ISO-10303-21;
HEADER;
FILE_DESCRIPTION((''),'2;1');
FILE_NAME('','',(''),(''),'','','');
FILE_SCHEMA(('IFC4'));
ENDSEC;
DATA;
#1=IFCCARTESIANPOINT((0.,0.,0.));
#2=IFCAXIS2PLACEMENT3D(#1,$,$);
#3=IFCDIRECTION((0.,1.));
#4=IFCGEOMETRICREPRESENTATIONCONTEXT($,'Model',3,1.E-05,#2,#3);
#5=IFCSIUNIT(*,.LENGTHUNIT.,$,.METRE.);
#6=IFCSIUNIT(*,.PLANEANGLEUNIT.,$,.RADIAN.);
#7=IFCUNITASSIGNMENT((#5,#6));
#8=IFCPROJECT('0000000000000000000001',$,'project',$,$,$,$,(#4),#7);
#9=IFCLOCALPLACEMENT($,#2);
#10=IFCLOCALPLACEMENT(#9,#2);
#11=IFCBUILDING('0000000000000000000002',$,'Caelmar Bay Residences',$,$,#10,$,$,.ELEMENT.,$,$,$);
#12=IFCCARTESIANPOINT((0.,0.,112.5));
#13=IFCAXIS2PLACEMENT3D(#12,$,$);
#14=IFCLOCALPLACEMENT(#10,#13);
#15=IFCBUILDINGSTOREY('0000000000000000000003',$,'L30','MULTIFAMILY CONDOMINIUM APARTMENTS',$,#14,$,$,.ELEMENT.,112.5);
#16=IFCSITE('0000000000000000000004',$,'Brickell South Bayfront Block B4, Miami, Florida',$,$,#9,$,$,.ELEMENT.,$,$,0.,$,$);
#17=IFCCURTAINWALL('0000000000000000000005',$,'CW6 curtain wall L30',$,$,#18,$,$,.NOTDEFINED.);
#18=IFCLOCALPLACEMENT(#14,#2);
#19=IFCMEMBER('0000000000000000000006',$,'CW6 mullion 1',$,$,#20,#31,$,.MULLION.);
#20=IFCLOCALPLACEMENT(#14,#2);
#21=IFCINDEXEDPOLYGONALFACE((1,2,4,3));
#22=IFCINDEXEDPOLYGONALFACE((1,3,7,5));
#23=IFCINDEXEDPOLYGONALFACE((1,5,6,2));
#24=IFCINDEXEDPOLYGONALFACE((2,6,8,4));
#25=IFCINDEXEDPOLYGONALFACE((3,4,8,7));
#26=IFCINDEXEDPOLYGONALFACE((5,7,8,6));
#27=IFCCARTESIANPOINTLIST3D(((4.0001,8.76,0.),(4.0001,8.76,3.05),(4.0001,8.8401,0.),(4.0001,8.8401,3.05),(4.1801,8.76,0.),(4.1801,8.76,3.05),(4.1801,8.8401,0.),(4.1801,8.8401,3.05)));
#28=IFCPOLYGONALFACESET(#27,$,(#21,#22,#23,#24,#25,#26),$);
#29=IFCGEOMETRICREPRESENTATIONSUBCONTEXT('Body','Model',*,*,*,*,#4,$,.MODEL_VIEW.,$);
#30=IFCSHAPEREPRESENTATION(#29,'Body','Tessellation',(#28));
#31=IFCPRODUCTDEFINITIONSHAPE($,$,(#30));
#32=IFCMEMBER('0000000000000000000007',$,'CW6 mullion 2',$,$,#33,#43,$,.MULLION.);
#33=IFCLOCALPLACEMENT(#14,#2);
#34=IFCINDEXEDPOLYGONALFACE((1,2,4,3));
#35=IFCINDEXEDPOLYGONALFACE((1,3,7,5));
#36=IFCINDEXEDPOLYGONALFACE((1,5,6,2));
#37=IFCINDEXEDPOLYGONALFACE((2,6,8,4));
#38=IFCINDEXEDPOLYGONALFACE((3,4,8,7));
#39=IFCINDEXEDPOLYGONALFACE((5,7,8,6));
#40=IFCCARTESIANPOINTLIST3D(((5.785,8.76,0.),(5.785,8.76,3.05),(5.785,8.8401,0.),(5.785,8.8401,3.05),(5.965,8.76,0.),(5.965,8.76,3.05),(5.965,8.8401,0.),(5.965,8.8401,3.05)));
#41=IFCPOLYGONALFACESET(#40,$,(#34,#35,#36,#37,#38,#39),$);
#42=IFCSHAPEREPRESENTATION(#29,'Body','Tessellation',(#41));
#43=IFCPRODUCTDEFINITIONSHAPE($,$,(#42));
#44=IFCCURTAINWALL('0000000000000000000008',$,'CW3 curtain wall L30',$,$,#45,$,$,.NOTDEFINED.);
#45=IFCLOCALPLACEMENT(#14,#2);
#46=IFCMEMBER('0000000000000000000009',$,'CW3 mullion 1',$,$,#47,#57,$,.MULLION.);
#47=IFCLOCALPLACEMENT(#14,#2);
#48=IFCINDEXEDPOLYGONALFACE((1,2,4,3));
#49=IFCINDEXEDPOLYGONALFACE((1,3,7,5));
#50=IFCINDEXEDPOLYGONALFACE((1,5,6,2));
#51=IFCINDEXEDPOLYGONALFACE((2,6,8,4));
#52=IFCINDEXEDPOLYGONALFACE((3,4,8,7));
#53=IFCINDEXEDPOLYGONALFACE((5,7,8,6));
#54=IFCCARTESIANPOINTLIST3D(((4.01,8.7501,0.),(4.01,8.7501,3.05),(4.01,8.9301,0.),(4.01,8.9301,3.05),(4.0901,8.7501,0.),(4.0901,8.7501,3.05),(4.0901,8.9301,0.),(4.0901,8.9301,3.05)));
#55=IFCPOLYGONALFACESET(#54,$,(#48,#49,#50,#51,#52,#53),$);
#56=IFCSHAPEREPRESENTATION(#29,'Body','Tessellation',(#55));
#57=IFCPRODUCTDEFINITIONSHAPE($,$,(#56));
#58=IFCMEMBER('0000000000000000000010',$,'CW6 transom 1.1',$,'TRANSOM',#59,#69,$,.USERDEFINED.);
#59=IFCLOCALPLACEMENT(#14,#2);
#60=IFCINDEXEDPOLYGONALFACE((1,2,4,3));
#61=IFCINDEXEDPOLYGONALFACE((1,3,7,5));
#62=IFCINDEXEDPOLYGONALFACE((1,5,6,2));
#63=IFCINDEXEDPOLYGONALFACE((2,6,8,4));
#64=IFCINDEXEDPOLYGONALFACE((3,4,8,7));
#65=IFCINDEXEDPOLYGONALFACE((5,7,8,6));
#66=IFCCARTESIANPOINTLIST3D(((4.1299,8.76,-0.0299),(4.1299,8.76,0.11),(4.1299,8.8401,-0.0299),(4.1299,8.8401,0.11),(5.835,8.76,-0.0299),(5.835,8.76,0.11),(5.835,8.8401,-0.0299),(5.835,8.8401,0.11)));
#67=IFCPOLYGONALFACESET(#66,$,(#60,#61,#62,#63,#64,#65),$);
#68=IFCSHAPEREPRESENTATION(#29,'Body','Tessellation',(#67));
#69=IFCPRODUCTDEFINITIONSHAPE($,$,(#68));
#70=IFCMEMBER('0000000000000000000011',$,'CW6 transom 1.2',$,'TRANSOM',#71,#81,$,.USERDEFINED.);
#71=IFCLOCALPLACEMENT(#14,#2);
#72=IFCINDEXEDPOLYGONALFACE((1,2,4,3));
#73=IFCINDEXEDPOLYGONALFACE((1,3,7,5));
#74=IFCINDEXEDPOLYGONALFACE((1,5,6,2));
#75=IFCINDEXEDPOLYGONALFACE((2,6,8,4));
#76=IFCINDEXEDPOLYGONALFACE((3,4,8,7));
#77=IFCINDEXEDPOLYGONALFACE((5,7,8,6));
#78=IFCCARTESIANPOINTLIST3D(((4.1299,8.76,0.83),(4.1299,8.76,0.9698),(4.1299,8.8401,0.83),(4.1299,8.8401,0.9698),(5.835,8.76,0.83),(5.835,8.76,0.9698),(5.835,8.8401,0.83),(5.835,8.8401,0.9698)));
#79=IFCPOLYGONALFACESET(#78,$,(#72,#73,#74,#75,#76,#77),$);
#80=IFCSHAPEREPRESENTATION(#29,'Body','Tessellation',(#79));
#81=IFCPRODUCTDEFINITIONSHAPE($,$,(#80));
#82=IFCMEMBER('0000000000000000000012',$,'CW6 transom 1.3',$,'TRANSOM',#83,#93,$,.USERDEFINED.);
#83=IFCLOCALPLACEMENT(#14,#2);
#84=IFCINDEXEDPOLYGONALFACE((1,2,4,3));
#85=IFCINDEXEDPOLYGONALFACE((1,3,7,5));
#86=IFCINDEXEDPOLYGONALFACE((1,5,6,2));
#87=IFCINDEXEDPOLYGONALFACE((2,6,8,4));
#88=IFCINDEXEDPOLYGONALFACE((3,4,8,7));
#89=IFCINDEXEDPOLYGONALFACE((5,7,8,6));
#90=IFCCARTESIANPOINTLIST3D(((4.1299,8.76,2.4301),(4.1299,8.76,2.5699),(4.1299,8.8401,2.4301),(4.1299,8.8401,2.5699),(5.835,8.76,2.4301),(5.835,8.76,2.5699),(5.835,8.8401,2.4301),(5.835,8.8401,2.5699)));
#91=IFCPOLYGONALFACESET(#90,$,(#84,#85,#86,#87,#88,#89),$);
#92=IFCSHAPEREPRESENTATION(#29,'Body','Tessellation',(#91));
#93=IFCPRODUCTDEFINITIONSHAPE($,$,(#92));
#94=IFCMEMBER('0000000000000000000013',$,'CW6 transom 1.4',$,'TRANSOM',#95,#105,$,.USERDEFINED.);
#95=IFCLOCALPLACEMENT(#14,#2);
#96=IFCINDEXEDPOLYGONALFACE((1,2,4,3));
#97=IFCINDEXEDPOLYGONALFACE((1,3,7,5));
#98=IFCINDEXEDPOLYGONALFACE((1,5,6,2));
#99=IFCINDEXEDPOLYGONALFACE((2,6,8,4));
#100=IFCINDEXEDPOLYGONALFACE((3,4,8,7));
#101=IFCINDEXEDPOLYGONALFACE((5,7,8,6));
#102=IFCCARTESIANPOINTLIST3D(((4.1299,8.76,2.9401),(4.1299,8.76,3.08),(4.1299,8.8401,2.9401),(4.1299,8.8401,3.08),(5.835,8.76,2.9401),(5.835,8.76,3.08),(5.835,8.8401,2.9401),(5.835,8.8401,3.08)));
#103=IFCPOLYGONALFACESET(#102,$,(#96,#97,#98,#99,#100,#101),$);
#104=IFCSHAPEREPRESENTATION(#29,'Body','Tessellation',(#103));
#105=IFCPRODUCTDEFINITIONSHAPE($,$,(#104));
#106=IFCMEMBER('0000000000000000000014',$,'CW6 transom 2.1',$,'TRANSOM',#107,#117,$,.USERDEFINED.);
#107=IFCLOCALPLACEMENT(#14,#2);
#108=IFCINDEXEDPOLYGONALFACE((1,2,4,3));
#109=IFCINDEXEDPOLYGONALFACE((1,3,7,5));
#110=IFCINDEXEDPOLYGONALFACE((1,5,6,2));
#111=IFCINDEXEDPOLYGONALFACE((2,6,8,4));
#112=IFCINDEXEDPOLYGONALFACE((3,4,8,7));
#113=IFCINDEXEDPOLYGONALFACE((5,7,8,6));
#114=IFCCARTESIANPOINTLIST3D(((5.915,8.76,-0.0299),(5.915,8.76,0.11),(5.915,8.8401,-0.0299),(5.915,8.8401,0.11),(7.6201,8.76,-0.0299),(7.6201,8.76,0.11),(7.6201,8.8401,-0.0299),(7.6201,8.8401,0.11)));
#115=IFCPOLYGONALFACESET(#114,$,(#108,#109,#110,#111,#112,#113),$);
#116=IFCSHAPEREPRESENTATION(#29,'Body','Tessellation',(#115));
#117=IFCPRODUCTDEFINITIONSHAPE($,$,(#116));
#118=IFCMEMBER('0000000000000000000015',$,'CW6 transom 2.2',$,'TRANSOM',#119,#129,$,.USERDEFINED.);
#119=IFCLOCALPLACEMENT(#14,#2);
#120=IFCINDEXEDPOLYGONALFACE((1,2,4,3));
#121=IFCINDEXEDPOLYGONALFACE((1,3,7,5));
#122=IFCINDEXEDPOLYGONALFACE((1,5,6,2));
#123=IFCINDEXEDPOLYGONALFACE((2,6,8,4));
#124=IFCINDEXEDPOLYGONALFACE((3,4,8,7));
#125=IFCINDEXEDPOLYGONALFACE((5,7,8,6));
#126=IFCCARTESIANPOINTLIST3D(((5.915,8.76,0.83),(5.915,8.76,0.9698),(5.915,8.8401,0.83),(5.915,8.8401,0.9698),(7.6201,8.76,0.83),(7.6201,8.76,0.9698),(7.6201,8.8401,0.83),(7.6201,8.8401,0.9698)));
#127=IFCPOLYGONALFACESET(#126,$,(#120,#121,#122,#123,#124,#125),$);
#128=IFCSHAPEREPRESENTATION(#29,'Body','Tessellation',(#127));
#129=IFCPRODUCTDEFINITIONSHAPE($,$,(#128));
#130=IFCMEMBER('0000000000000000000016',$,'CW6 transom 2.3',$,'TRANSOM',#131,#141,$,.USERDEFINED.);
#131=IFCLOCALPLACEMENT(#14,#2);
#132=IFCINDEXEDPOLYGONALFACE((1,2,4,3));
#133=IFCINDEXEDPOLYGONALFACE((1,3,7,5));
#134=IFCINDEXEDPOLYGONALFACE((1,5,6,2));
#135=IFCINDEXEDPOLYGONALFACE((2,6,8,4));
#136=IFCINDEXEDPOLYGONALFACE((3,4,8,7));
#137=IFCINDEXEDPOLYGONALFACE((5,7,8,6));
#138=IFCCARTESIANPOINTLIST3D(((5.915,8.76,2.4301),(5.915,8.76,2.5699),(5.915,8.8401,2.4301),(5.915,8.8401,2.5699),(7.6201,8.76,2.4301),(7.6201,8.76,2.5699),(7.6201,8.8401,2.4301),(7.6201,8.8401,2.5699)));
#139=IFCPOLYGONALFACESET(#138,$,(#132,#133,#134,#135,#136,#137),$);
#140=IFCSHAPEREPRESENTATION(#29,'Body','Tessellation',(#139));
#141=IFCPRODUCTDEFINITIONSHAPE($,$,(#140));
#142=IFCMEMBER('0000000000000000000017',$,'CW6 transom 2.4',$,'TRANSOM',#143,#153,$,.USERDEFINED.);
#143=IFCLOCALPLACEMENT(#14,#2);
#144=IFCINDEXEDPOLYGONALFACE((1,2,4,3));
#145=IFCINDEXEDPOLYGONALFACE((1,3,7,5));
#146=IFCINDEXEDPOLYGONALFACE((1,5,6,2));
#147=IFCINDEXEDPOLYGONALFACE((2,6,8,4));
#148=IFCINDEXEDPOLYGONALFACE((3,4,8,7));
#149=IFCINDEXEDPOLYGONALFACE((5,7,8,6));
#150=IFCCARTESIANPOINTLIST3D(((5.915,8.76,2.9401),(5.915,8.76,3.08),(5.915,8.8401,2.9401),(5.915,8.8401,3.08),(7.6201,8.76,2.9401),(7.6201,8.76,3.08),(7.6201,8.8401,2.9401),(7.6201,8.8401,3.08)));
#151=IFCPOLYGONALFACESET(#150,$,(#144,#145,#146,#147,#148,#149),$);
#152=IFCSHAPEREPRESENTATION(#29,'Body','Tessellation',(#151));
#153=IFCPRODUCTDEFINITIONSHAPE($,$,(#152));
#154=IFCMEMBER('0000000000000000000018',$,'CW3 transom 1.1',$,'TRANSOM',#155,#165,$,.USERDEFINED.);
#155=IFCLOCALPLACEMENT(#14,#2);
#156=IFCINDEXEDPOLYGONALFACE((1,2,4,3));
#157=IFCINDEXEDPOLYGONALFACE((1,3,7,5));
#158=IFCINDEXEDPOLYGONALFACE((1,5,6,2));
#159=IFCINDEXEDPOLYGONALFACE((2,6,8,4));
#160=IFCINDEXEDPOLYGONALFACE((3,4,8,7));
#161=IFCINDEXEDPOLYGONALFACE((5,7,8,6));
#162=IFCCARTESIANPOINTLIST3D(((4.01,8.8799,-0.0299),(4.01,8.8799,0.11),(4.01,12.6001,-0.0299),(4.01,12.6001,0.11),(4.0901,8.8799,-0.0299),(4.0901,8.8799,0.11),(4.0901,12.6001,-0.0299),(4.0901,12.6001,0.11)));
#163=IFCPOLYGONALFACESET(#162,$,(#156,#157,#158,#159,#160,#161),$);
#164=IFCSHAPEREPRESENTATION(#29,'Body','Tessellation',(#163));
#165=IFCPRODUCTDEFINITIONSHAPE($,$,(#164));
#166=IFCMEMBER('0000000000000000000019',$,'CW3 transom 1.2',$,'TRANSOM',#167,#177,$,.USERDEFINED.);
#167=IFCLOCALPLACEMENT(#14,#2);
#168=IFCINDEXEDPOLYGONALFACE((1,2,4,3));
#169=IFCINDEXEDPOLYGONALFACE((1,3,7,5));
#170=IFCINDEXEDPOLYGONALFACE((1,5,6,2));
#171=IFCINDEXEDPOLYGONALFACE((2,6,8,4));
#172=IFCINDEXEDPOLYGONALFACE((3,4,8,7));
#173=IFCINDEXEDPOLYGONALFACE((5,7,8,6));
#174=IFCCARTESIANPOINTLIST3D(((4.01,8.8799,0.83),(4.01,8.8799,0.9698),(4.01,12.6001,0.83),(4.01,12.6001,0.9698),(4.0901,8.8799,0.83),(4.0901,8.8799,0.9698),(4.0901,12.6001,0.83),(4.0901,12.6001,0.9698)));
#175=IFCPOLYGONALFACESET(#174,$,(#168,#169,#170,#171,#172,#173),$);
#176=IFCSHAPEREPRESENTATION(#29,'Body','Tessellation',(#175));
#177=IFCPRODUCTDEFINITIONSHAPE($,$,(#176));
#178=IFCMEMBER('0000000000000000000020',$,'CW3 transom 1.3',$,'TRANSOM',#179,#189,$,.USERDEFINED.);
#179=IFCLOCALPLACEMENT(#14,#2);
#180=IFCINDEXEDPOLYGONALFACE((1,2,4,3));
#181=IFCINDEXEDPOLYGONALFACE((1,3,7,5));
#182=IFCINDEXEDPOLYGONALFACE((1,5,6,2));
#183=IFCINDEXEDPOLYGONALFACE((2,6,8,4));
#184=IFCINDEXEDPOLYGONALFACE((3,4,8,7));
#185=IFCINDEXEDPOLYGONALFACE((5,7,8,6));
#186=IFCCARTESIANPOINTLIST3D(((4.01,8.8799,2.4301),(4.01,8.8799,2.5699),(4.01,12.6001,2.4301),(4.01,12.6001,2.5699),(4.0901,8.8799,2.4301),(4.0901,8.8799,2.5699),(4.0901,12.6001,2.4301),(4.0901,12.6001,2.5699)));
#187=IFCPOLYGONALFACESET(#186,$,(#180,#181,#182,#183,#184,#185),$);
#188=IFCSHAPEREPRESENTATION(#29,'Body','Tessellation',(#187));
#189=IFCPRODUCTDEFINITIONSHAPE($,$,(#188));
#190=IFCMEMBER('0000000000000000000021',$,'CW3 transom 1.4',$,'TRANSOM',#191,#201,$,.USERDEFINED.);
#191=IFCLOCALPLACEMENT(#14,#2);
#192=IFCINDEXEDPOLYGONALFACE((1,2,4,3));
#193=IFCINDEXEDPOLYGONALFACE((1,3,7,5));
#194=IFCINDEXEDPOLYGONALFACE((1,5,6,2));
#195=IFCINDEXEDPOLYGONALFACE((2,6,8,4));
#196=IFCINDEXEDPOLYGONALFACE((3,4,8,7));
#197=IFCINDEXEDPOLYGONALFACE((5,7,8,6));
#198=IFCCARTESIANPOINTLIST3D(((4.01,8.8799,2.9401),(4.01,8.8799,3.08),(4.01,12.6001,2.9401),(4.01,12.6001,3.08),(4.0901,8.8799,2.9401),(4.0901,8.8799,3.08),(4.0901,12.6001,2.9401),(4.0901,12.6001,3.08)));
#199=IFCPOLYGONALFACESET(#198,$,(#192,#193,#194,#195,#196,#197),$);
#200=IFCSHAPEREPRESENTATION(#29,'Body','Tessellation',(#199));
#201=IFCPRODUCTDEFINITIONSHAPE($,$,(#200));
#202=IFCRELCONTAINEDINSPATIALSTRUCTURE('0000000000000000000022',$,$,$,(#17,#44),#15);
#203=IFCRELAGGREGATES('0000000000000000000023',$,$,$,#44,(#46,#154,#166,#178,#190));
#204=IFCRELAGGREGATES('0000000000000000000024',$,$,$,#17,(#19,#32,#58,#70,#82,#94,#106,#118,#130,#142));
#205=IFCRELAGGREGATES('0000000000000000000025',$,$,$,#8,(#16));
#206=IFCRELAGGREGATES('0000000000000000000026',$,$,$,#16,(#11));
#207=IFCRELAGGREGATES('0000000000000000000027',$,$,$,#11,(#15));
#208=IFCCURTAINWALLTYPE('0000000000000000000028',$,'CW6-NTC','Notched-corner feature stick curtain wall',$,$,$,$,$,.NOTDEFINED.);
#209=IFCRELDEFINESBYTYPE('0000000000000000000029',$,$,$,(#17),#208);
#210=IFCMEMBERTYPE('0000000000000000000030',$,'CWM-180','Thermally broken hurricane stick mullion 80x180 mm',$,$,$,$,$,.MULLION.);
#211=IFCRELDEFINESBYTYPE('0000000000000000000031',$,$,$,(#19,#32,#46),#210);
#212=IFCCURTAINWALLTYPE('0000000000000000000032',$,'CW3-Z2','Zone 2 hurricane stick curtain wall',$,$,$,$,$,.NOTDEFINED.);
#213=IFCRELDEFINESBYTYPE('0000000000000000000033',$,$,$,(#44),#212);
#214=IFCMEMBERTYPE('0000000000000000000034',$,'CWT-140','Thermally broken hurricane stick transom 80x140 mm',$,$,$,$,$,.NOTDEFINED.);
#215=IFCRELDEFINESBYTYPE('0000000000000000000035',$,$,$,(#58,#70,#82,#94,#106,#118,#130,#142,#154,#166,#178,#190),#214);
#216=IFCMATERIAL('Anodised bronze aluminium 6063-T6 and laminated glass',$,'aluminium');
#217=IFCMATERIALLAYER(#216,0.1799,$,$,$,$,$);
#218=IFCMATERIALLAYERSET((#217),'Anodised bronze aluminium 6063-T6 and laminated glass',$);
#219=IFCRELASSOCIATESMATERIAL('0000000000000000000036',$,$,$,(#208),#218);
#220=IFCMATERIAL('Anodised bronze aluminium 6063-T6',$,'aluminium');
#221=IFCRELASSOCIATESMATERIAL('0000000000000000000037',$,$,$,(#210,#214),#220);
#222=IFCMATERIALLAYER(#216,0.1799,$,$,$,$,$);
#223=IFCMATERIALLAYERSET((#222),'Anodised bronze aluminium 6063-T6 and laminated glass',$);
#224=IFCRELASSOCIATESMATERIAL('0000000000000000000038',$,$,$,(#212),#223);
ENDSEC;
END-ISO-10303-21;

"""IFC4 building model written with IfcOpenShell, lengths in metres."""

from ifc_helpers import new_model, si_unit, direction, frame, origin, origin_2d, place, context, subcontext, project, spatial, rectangle, extrude, material, layer, layer_set, material_profile, profile_set, type_object, element, aggregate, save


model = new_model("IFC4")

# Units and contexts
model_context = context("Model", 3, precision=1e-05, world=origin(), true_north=direction((0.0, 1.0)))
body_context = subcontext(model_context, "Body", "Model", "MODEL_VIEW")
ifc_project = project(units=[si_unit("LENGTHUNIT", "METRE"), si_unit("PLANEANGLEUNIT", "RADIAN")], contexts=[model_context])

# Site, building, storey
site_placement = place(None, origin())
site = spatial("IfcSite", under=ifc_project, at=site_placement, Name="Brickell South Bayfront Block B4, Miami, Florida", CompositionType="ELEMENT", RefElevation=0.0)
building_placement = place(site_placement, origin())
building = spatial("IfcBuilding", under=site, at=building_placement, Name="Caelmar Bay Residences", CompositionType="ELEMENT")
storey_placement = place(building_placement, frame((0.0, 0.0, 112.5)))
storey = spatial("IfcBuildingStorey", under=building, at=storey_placement, Name="L30", Description="MULTIFAMILY CONDOMINIUM APARTMENTS", CompositionType="ELEMENT", Elevation=112.5)

# Curtain wall, members
ifc_material_1 = material(Name="Anodised bronze aluminium 6063-T6 and laminated glass", Category="aluminium")
ifc_layer_1 = layer(ifc_material_1, 0.1799)
ifc_layer_set_1 = layer_set([ifc_layer_1], Name="Anodised bronze aluminium 6063-T6 and laminated glass")
curtain_wall_type_1 = type_object("IfcCurtainWallType", Name="CW6-NTC", Description="Notched-corner feature stick curtain wall", PredefinedType="NOTDEFINED", material=ifc_layer_set_1)
curtain_wall_1_placement = place(storey_placement, origin())
curtain_wall_1 = element("IfcCurtainWall", 1, at=curtain_wall_1_placement, inside=storey, type_object=curtain_wall_type_1, Name="CW6 curtain wall L30", PredefinedType="NOTDEFINED")
ifc_material_2 = material(Name="Anodised bronze aluminium 6063-T6", Category="aluminium")
ifc_material_profile_1 = material_profile(ifc_material_2, rectangle(XDim=0.0801, YDim=0.1799, at=origin_2d()), Name="CWM-80X180")
ifc_profile_set_1 = profile_set([ifc_material_profile_1], Name="Anodised bronze aluminium 6063-T6")
member_type_1 = type_object("IfcMemberType", Name="CWM-180", Description="Thermally broken hurricane stick mullion 80x180 mm", PredefinedType="MULLION", material=ifc_profile_set_1)
member_1_placement = place(storey_placement, frame((4.0901, 8.8, 0.0), z_axis=(0.0, 0.0, 1.0), x_axis=(0.0, 1.0, 0.0)))
member_1 = element("IfcMember", 2, at=member_1_placement, type_object=member_type_1, Name="CW6 mullion 1", PredefinedType="MULLION", context=body_context, shape_type="SweptSolid", body=[
    extrude(rectangle(XDim=0.0801, YDim=0.1799, at=origin_2d()), origin(), (0.0, 0.0, 1.0), 3.05),
])
member_2_placement = place(storey_placement, frame((5.875, 8.8, 0.0), z_axis=(0.0, 0.0, 1.0), x_axis=(0.0, 1.0, 0.0)))
member_2 = element("IfcMember", 3, at=member_2_placement, type_object=member_type_1, Name="CW6 mullion 2", PredefinedType="MULLION", context=body_context, shape_type="SweptSolid", body=[
    extrude(rectangle(XDim=0.0801, YDim=0.1799, at=origin_2d()), origin(), (0.0, 0.0, 1.0), 3.05),
])

# Curtain wall, member
ifc_layer_2 = layer(ifc_material_1, 0.1799)
ifc_layer_set_2 = layer_set([ifc_layer_2], Name="Anodised bronze aluminium 6063-T6 and laminated glass")
curtain_wall_type_2 = type_object("IfcCurtainWallType", Name="CW3-Z2", Description="Zone 2 hurricane stick curtain wall", PredefinedType="NOTDEFINED", material=ifc_layer_set_2)
curtain_wall_2_placement = place(storey_placement, origin())
curtain_wall_2 = element("IfcCurtainWall", 4, at=curtain_wall_2_placement, inside=storey, type_object=curtain_wall_type_2, Name="CW3 curtain wall L30", PredefinedType="NOTDEFINED")
member_3_placement = place(storey_placement, frame((4.05, 8.8401, 0.0), z_axis=(0.0, 0.0, 1.0), x_axis=(-1.0, 0.0, 0.0)))
member_3 = element("IfcMember", 5, at=member_3_placement, type_object=member_type_1, Name="CW3 mullion 1", PredefinedType="MULLION", context=body_context, shape_type="SweptSolid", body=[
    extrude(rectangle(XDim=0.0801, YDim=0.1799, at=origin_2d()), origin(), (0.0, 0.0, 1.0), 3.05),
])

# Members
ifc_material_profile_2 = material_profile(ifc_material_2, rectangle(XDim=0.0801, YDim=0.1399, at=origin_2d()), Name="CWT-80X140")
ifc_profile_set_2 = profile_set([ifc_material_profile_2], Name="Anodised bronze aluminium 6063-T6")
member_type_2 = type_object("IfcMemberType", Name="CWT-140", Description="Thermally broken hurricane stick transom 80x140 mm", PredefinedType="NOTDEFINED", material=ifc_profile_set_2)
member_4_placement = place(storey_placement, frame((4.1299, 8.8, 0.04), z_axis=(1.0, 0.0, 0.0), x_axis=(0.0, 1.0, 0.0)))
member_4 = element("IfcMember", 6, at=member_4_placement, type_object=member_type_2, Name="CW6 transom 1.1", ObjectType="TRANSOM", PredefinedType="USERDEFINED", context=body_context, shape_type="SweptSolid", body=[
    extrude(rectangle(XDim=0.0801, YDim=0.1399, at=origin_2d()), origin(), (0.0, 0.0, 1.0), 1.7051),
])
member_5_placement = place(storey_placement, frame((4.1299, 8.8, 0.8999), z_axis=(1.0, 0.0, 0.0), x_axis=(0.0, 1.0, 0.0)))
member_5 = element("IfcMember", 7, at=member_5_placement, type_object=member_type_2, Name="CW6 transom 1.2", ObjectType="TRANSOM", PredefinedType="USERDEFINED", context=body_context, shape_type="SweptSolid", body=[
    extrude(rectangle(XDim=0.0801, YDim=0.1399, at=origin_2d()), origin(), (0.0, 0.0, 1.0), 1.7051),
])
member_6_placement = place(storey_placement, frame((4.1299, 8.8, 2.5), z_axis=(1.0, 0.0, 0.0), x_axis=(0.0, 1.0, 0.0)))
member_6 = element("IfcMember", 8, at=member_6_placement, type_object=member_type_2, Name="CW6 transom 1.3", ObjectType="TRANSOM", PredefinedType="USERDEFINED", context=body_context, shape_type="SweptSolid", body=[
    extrude(rectangle(XDim=0.0801, YDim=0.1399, at=origin_2d()), origin(), (0.0, 0.0, 1.0), 1.7051),
])
member_7_placement = place(storey_placement, frame((4.1299, 8.8, 3.01), z_axis=(1.0, 0.0, 0.0), x_axis=(0.0, 1.0, 0.0)))
member_7 = element("IfcMember", 9, at=member_7_placement, type_object=member_type_2, Name="CW6 transom 1.4", ObjectType="TRANSOM", PredefinedType="USERDEFINED", context=body_context, shape_type="SweptSolid", body=[
    extrude(rectangle(XDim=0.0801, YDim=0.1399, at=origin_2d()), origin(), (0.0, 0.0, 1.0), 1.7051),
])
member_8_placement = place(storey_placement, frame((5.915, 8.8, 0.04), z_axis=(1.0, 0.0, 0.0), x_axis=(0.0, 1.0, 0.0)))
member_8 = element("IfcMember", 10, at=member_8_placement, type_object=member_type_2, Name="CW6 transom 2.1", ObjectType="TRANSOM", PredefinedType="USERDEFINED", context=body_context, shape_type="SweptSolid", body=[
    extrude(rectangle(XDim=0.0801, YDim=0.1399, at=origin_2d()), origin(), (0.0, 0.0, 1.0), 1.7051),
])
member_9_placement = place(storey_placement, frame((5.915, 8.8, 0.8999), z_axis=(1.0, 0.0, 0.0), x_axis=(0.0, 1.0, 0.0)))
member_9 = element("IfcMember", 11, at=member_9_placement, type_object=member_type_2, Name="CW6 transom 2.2", ObjectType="TRANSOM", PredefinedType="USERDEFINED", context=body_context, shape_type="SweptSolid", body=[
    extrude(rectangle(XDim=0.0801, YDim=0.1399, at=origin_2d()), origin(), (0.0, 0.0, 1.0), 1.7051),
])
member_10_placement = place(storey_placement, frame((5.915, 8.8, 2.5), z_axis=(1.0, 0.0, 0.0), x_axis=(0.0, 1.0, 0.0)))
member_10 = element("IfcMember", 12, at=member_10_placement, type_object=member_type_2, Name="CW6 transom 2.3", ObjectType="TRANSOM", PredefinedType="USERDEFINED", context=body_context, shape_type="SweptSolid", body=[
    extrude(rectangle(XDim=0.0801, YDim=0.1399, at=origin_2d()), origin(), (0.0, 0.0, 1.0), 1.7051),
])
member_11_placement = place(storey_placement, frame((5.915, 8.8, 3.01), z_axis=(1.0, 0.0, 0.0), x_axis=(0.0, 1.0, 0.0)))
member_11 = element("IfcMember", 13, at=member_11_placement, type_object=member_type_2, Name="CW6 transom 2.4", ObjectType="TRANSOM", PredefinedType="USERDEFINED", context=body_context, shape_type="SweptSolid", body=[
    extrude(rectangle(XDim=0.0801, YDim=0.1399, at=origin_2d()), origin(), (0.0, 0.0, 1.0), 1.7051),
])
member_12_placement = place(storey_placement, frame((4.05, 8.8799, 0.04), z_axis=(0.0, 1.0, 0.0), x_axis=(-1.0, 0.0, 0.0)))
member_12 = element("IfcMember", 14, at=member_12_placement, type_object=member_type_2, Name="CW3 transom 1.1", ObjectType="TRANSOM", PredefinedType="USERDEFINED", context=body_context, shape_type="SweptSolid", body=[
    extrude(rectangle(XDim=0.0801, YDim=0.1399, at=origin_2d()), origin(), (0.0, 0.0, 1.0), 3.7202),
])
member_13_placement = place(storey_placement, frame((4.05, 8.8799, 0.8999), z_axis=(0.0, 1.0, 0.0), x_axis=(-1.0, 0.0, 0.0)))
member_13 = element("IfcMember", 15, at=member_13_placement, type_object=member_type_2, Name="CW3 transom 1.2", ObjectType="TRANSOM", PredefinedType="USERDEFINED", context=body_context, shape_type="SweptSolid", body=[
    extrude(rectangle(XDim=0.0801, YDim=0.1399, at=origin_2d()), origin(), (0.0, 0.0, 1.0), 3.7202),
])
member_14_placement = place(storey_placement, frame((4.05, 8.8799, 2.5), z_axis=(0.0, 1.0, 0.0), x_axis=(-1.0, 0.0, 0.0)))
member_14 = element("IfcMember", 16, at=member_14_placement, type_object=member_type_2, Name="CW3 transom 1.3", ObjectType="TRANSOM", PredefinedType="USERDEFINED", context=body_context, shape_type="SweptSolid", body=[
    extrude(rectangle(XDim=0.0801, YDim=0.1399, at=origin_2d()), origin(), (0.0, 0.0, 1.0), 3.7202),
])
member_15_placement = place(storey_placement, frame((4.05, 8.8799, 3.01), z_axis=(0.0, 1.0, 0.0), x_axis=(-1.0, 0.0, 0.0)))
member_15 = element("IfcMember", 17, at=member_15_placement, type_object=member_type_2, Name="CW3 transom 1.4", ObjectType="TRANSOM", PredefinedType="USERDEFINED", context=body_context, shape_type="SweptSolid", body=[
    extrude(rectangle(XDim=0.0801, YDim=0.1399, at=origin_2d()), origin(), (0.0, 0.0, 1.0), 3.7202),
])
aggregate(curtain_wall_2, [member_3, member_12, member_13, member_14, member_15])

aggregate(curtain_wall_1, [member_1, member_2, member_4, member_5, member_6, member_7, member_8, member_9, member_10, member_11])

save(model, "model.ifc")
